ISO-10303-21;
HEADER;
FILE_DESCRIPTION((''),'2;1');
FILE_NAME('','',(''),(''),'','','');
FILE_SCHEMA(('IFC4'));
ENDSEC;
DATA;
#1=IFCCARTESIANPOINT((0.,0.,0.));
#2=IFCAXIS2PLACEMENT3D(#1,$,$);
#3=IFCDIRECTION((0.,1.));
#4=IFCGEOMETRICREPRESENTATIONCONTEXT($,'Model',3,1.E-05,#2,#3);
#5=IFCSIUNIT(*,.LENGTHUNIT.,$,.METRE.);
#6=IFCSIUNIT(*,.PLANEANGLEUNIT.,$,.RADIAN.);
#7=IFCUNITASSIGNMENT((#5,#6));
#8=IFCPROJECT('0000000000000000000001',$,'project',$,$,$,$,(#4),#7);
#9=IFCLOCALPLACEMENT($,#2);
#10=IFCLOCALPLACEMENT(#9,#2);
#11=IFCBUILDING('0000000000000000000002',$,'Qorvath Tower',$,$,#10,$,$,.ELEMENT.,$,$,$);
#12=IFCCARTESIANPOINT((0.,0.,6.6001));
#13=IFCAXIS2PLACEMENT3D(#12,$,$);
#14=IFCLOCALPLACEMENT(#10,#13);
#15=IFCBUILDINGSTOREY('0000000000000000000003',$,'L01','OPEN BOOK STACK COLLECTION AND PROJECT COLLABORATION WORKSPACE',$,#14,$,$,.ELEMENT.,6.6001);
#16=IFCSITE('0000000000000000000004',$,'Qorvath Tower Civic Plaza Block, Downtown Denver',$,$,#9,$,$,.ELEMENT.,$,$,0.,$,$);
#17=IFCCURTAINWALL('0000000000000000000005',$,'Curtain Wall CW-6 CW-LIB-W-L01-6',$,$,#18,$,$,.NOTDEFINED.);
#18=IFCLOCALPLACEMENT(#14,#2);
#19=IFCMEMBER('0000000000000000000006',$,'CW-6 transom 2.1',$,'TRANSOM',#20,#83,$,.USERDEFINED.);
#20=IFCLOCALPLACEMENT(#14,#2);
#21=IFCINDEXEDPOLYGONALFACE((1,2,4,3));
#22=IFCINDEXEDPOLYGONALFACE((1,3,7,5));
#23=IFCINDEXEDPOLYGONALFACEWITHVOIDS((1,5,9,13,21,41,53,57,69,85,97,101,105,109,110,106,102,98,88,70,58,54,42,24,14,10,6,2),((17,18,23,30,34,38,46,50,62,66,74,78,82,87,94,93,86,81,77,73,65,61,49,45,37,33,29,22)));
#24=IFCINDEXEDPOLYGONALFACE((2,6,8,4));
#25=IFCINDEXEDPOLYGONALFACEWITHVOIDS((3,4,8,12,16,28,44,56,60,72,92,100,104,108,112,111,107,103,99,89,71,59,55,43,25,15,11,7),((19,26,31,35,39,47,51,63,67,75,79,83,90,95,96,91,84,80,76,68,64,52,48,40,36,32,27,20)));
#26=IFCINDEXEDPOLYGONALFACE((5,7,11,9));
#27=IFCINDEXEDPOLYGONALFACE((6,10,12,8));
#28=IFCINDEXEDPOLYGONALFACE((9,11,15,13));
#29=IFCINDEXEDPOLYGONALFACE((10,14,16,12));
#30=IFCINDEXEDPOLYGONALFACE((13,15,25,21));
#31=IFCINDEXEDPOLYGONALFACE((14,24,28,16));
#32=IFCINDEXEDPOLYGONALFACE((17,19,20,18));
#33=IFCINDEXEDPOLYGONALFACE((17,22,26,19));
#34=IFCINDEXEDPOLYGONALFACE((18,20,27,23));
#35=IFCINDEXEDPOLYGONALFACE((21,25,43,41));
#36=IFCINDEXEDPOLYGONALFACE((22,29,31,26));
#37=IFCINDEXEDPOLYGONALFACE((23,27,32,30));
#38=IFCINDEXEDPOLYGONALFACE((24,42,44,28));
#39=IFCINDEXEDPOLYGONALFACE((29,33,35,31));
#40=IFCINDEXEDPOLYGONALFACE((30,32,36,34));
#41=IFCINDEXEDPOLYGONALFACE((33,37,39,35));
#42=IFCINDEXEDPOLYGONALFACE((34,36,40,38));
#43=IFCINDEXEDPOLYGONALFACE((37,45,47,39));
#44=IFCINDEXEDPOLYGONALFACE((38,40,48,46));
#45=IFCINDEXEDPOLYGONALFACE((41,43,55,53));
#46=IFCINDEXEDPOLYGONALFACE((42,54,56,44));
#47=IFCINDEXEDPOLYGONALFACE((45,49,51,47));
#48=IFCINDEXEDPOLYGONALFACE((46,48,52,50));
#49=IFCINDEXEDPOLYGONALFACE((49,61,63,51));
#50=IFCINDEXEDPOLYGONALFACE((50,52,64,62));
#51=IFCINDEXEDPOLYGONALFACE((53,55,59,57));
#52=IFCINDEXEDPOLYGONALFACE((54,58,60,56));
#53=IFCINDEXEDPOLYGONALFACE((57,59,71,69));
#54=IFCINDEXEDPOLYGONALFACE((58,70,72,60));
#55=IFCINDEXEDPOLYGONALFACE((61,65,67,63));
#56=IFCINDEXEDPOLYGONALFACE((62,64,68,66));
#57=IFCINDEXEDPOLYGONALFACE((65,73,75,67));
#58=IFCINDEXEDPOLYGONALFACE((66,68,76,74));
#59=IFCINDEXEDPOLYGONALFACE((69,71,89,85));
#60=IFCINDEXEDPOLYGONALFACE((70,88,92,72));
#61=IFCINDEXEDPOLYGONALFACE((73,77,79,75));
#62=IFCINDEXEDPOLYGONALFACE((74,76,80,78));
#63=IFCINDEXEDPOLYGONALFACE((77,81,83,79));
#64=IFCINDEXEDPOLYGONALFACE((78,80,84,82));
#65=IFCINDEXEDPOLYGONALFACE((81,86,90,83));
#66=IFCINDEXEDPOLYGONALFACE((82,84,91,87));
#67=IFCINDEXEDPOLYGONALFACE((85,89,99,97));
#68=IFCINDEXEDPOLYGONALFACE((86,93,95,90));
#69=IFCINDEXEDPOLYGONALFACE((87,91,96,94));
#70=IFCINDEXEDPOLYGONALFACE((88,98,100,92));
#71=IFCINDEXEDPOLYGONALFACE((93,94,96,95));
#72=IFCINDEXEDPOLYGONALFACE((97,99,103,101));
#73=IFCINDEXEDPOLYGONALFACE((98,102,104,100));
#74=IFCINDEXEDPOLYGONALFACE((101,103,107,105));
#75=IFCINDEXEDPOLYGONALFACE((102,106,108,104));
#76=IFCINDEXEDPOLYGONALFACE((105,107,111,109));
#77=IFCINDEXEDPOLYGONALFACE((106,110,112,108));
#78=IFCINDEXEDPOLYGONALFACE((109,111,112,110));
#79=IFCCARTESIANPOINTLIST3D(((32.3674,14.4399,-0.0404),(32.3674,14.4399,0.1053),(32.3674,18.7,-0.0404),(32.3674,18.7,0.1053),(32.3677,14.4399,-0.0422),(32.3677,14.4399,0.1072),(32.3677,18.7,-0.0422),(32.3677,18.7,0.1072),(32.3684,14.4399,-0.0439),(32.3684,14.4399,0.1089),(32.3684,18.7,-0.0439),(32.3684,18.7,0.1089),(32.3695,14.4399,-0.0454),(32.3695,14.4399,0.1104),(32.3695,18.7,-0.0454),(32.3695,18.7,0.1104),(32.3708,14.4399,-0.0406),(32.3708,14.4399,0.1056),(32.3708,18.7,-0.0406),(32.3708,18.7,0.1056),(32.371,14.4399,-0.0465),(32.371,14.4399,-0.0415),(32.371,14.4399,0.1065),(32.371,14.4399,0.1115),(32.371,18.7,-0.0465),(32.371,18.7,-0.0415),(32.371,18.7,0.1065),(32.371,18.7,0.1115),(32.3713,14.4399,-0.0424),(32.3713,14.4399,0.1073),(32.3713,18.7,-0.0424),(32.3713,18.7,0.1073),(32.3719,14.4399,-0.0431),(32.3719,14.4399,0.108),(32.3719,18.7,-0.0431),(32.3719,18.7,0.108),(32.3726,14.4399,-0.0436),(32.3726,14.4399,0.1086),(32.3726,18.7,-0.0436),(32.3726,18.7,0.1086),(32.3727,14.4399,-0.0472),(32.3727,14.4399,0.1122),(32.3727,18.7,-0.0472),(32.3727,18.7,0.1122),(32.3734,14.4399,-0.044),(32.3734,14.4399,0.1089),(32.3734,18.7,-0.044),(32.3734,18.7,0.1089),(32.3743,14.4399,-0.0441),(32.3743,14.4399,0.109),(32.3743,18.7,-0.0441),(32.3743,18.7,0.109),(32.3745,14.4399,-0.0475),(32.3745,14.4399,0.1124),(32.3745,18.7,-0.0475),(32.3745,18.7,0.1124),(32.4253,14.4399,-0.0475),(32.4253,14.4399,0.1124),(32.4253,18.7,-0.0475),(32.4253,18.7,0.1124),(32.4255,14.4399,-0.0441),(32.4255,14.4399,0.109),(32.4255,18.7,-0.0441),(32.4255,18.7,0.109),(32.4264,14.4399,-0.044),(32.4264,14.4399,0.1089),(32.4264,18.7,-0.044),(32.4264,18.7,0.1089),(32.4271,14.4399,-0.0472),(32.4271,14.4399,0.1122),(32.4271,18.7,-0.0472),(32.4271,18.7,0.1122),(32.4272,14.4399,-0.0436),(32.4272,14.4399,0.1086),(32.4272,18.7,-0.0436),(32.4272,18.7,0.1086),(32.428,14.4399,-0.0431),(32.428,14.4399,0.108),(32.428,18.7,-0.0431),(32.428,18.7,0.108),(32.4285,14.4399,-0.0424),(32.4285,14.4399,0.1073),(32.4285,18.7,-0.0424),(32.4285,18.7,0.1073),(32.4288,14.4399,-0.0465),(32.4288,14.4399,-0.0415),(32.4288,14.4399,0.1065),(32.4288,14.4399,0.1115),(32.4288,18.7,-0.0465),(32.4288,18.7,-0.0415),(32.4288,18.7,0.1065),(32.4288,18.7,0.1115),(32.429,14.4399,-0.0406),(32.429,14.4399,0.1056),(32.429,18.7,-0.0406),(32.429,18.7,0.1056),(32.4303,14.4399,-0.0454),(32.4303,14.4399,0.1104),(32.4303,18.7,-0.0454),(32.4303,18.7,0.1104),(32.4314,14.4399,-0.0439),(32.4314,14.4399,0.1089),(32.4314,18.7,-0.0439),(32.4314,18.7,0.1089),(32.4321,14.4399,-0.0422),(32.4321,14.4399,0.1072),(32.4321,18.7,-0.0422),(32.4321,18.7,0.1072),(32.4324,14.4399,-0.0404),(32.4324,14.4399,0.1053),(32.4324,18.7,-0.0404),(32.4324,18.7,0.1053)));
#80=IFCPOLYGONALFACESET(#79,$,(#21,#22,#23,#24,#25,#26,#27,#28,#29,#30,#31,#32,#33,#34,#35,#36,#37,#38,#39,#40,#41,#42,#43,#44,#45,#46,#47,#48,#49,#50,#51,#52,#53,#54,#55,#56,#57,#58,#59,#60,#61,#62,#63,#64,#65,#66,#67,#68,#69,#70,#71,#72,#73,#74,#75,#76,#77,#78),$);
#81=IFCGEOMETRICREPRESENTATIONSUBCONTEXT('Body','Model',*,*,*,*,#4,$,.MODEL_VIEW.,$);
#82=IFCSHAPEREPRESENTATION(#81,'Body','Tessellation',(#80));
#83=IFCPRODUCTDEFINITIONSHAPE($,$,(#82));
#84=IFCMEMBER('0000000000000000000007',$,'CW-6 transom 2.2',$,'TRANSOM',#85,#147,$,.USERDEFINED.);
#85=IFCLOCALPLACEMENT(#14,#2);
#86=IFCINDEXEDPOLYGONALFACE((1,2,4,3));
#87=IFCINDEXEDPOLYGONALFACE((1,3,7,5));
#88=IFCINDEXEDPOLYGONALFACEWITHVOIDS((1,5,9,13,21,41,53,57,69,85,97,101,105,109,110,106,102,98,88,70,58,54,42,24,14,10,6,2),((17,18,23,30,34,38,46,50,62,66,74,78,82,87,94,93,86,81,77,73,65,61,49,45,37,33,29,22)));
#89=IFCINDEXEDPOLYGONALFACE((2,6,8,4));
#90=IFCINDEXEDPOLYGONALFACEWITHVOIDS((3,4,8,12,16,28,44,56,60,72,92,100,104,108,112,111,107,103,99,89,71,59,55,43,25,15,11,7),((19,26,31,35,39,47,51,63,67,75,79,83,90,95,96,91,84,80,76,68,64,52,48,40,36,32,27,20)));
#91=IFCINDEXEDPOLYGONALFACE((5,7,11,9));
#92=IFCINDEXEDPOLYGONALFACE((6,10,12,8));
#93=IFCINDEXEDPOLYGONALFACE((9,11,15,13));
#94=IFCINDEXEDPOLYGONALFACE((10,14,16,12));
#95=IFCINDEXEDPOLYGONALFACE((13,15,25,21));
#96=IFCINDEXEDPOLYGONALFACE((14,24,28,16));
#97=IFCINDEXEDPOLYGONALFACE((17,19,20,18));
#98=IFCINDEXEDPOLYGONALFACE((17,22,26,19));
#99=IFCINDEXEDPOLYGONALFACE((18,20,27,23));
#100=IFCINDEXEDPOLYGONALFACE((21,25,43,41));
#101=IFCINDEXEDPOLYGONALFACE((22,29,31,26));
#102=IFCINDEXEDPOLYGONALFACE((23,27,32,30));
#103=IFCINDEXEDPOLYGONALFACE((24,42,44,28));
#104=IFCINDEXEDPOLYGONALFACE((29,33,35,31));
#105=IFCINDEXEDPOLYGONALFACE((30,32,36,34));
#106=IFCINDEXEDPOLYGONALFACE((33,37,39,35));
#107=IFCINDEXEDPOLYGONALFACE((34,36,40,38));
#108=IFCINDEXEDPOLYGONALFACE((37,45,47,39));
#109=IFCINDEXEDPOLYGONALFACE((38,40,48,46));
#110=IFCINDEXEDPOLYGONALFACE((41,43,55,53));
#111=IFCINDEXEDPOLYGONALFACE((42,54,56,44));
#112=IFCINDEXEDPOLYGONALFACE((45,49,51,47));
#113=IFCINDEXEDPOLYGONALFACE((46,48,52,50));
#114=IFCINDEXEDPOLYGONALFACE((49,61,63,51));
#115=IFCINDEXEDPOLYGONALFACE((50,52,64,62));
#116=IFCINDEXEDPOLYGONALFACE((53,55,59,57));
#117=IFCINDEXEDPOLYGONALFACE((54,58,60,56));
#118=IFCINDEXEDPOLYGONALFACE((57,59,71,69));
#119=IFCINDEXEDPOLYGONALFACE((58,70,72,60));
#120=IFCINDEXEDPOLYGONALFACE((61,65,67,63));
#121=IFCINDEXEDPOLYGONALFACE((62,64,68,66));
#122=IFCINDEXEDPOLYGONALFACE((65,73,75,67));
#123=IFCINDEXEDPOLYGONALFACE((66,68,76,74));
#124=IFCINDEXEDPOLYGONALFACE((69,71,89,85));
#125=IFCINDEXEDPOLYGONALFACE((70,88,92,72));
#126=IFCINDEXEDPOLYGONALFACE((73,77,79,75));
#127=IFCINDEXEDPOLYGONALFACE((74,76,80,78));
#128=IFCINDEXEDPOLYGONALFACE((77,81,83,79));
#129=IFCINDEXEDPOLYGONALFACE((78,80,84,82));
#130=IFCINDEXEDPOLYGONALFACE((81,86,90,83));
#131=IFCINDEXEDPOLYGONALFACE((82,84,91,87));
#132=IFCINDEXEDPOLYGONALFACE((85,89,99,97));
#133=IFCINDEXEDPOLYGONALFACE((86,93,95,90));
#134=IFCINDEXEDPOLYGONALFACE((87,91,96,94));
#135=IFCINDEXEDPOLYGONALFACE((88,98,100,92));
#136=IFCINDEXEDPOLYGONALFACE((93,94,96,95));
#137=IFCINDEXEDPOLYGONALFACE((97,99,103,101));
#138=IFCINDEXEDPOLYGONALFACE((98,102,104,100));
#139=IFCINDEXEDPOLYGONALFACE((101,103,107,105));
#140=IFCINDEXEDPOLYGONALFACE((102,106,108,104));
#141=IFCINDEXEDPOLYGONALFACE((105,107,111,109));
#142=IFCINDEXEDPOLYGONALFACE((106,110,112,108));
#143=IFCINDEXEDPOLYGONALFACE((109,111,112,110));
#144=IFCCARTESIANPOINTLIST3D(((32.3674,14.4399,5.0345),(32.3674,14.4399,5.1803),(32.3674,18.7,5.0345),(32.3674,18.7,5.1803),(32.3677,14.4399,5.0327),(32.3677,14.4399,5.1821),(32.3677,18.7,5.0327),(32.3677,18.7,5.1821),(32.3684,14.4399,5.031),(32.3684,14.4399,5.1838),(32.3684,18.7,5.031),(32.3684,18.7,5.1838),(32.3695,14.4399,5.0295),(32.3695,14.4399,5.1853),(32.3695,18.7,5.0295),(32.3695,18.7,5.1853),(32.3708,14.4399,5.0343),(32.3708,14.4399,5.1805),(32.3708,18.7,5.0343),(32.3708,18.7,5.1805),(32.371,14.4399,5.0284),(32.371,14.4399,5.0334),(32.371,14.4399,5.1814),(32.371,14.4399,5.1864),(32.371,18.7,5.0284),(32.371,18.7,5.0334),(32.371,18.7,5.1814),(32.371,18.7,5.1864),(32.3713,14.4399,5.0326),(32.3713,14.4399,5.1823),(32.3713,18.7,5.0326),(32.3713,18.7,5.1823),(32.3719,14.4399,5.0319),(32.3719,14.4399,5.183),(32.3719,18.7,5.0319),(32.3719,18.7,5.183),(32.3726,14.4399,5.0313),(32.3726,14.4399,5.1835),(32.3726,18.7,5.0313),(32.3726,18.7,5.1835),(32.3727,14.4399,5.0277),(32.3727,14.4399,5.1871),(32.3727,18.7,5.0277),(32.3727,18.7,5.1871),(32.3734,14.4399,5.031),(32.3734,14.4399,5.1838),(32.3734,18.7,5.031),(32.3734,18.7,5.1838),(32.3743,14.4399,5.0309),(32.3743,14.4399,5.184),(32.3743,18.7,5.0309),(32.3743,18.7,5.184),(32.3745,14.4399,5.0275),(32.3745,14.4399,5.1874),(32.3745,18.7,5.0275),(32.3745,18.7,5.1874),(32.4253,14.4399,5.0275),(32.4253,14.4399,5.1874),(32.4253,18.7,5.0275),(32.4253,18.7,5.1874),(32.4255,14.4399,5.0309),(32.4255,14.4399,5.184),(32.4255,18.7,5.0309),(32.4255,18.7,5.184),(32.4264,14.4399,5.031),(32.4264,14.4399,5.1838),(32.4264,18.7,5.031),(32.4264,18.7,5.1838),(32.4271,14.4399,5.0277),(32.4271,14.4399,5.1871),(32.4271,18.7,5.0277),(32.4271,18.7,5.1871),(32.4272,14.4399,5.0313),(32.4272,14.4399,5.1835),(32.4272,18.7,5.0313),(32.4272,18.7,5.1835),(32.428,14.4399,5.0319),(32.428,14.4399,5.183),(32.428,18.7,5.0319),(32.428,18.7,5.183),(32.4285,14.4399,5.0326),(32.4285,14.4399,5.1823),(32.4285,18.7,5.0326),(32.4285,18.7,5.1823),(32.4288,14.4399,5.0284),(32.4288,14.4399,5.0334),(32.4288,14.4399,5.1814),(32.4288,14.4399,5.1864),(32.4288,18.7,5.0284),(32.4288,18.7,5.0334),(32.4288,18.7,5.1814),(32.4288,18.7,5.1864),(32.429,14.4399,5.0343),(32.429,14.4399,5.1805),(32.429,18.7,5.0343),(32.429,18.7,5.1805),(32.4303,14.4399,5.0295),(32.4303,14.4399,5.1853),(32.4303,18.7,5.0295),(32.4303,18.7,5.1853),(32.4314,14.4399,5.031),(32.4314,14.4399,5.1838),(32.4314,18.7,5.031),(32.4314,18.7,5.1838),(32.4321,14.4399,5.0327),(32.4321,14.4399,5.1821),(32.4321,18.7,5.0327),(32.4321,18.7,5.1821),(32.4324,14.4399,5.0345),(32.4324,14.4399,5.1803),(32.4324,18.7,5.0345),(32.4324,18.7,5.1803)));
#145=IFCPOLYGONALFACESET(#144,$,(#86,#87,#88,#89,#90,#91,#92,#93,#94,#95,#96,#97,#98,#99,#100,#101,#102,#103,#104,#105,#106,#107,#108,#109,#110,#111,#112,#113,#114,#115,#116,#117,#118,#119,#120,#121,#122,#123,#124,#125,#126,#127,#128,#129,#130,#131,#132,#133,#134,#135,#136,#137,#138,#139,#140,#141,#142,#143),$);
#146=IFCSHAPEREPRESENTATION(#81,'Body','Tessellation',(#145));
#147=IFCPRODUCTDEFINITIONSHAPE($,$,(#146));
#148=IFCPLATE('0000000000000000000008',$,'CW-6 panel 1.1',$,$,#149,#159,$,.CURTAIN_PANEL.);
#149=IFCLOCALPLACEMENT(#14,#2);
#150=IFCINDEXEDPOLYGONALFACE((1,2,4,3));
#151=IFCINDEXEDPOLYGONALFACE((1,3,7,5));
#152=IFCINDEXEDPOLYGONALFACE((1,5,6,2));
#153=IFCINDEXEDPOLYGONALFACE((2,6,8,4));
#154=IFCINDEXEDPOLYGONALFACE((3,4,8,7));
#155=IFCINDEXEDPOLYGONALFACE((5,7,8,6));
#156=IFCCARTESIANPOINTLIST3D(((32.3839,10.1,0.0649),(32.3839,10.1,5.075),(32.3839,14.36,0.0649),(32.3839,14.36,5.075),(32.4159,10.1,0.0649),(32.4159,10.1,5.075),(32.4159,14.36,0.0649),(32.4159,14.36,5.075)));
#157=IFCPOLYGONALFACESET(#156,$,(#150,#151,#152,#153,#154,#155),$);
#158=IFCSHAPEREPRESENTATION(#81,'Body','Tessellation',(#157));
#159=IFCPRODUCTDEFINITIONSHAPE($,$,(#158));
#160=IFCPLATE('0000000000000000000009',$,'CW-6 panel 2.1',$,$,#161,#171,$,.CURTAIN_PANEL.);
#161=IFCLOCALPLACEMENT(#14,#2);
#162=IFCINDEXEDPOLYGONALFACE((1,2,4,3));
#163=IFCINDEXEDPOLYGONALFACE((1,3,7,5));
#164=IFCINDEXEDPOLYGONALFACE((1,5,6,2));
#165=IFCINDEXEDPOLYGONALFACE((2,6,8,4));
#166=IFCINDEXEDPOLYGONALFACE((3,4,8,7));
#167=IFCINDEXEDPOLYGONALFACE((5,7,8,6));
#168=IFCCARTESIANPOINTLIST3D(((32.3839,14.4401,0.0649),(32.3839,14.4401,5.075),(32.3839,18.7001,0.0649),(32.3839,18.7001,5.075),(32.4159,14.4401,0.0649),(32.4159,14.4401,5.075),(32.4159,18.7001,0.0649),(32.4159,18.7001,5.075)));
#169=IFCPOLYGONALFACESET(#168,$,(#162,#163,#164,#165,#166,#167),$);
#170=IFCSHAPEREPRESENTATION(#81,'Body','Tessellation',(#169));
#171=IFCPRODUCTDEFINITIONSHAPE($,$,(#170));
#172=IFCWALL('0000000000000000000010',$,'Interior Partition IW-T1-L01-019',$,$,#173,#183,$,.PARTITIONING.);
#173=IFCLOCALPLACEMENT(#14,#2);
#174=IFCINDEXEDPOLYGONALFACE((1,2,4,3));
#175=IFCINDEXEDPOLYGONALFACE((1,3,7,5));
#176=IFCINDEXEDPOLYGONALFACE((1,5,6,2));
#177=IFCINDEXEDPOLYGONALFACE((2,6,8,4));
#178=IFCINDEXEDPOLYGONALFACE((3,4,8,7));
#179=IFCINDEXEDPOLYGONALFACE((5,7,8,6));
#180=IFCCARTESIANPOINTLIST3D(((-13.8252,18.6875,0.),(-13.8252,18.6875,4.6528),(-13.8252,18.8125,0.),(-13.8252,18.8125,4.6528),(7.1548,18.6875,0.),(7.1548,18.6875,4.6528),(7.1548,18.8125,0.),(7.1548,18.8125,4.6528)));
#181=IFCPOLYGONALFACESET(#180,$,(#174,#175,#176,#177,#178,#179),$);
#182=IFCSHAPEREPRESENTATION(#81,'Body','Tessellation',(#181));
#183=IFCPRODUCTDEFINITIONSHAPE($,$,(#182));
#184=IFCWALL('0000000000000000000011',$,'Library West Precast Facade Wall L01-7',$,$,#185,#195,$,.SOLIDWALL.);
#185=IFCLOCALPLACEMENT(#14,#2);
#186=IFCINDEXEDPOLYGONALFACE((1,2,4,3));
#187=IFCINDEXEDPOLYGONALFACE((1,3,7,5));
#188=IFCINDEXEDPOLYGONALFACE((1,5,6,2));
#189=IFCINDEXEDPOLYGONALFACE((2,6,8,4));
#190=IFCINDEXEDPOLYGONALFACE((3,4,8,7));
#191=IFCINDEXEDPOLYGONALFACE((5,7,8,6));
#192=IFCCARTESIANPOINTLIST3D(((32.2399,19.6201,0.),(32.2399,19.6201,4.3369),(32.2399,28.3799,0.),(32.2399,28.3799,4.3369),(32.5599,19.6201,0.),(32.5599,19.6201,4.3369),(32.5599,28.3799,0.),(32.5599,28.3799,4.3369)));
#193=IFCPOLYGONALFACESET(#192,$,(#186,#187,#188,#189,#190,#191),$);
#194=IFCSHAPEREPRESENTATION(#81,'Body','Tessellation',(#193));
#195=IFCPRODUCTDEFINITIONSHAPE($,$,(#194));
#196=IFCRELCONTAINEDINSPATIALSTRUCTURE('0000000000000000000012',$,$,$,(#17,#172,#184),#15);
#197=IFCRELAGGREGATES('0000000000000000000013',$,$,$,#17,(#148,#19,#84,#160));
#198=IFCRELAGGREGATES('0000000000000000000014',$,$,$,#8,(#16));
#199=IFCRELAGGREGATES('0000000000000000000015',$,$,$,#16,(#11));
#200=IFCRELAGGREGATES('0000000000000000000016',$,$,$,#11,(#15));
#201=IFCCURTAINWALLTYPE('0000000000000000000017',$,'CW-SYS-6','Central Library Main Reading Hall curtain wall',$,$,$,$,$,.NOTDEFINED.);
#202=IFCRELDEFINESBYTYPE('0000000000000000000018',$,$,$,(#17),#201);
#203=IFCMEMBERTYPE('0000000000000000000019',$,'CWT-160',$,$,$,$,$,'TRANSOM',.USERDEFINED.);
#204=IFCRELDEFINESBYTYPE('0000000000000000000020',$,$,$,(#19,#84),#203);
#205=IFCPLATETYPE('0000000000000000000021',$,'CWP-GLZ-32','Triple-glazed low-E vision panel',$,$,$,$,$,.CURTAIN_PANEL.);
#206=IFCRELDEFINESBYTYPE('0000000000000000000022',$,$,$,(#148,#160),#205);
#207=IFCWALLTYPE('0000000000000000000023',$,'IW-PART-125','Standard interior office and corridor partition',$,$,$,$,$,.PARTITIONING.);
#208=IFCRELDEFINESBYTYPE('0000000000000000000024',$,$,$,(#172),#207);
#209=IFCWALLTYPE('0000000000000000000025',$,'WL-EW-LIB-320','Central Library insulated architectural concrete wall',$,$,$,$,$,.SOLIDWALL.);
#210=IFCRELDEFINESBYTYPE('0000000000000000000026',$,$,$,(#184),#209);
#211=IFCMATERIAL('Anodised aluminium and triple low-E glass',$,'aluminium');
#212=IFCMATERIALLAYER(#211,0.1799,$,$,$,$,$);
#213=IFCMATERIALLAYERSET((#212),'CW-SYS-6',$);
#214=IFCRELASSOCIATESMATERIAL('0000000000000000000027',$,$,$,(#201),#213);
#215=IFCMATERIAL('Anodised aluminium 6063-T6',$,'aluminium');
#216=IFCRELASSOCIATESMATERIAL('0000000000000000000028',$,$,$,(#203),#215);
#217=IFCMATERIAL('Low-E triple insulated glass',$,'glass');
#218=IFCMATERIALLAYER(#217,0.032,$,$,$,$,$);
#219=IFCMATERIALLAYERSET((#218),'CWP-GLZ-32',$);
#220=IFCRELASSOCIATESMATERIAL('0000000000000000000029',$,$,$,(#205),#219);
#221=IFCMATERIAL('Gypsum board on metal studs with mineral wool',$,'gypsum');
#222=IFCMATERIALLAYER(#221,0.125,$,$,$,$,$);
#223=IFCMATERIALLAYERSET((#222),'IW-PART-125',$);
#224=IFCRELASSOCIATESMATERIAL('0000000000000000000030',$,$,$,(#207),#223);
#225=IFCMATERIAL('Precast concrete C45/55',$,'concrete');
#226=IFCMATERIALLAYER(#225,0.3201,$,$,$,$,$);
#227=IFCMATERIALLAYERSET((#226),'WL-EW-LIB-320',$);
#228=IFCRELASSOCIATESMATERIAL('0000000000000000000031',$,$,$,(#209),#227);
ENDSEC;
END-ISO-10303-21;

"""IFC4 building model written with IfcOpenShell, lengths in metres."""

from ifc_helpers import new_model, si_unit, direction, frame, frame_2d, origin, origin_2d, place, context, subcontext, project, spatial, rectangle, hollow_rectangle, extrude, material, layer, layer_set, material_profile, profile_set, type_object, element, aggregate, save


model = new_model("IFC4")

# Units and contexts
model_context = context("Model", 3, precision=1e-05, world=origin(), true_north=direction((0.0, 1.0)))
body_context = subcontext(model_context, "Body", "Model", "MODEL_VIEW")
ifc_project = project(units=[si_unit("LENGTHUNIT", "METRE"), si_unit("PLANEANGLEUNIT", "RADIAN")], contexts=[model_context])

# Site, building, storey
site_placement = place(None, origin())
site = spatial("IfcSite", under=ifc_project, at=site_placement, Name="Qorvath Tower Civic Plaza Block, Downtown Denver", CompositionType="ELEMENT", RefElevation=0.0)
building_placement = place(site_placement, origin())
building = spatial("IfcBuilding", under=site, at=building_placement, Name="Qorvath Tower", CompositionType="ELEMENT")
storey_placement = place(building_placement, frame((0.0, 0.0, 6.6001)))
storey = spatial("IfcBuildingStorey", under=building, at=storey_placement, Name="L01", Description="OPEN BOOK STACK COLLECTION AND PROJECT COLLABORATION WORKSPACE", CompositionType="ELEMENT", Elevation=6.6001)

# Curtain wall, members, plates
ifc_material_1 = material(Name="Anodised aluminium and triple low-E glass", Category="aluminium")
ifc_layer_1 = layer(ifc_material_1, 0.1799)
ifc_layer_set_1 = layer_set([ifc_layer_1], Name="CW-SYS-6")
curtain_wall_type = type_object("IfcCurtainWallType", Name="CW-SYS-6", Description="Central Library Main Reading Hall curtain wall", PredefinedType="NOTDEFINED", material=ifc_layer_set_1)
curtain_wall_placement = place(storey_placement, origin())
curtain_wall = element("IfcCurtainWall", 1, at=curtain_wall_placement, inside=storey, type_object=curtain_wall_type, Name="Curtain Wall CW-6 CW-LIB-W-L01-6", PredefinedType="NOTDEFINED")
ifc_material_2 = material(Name="Anodised aluminium 6063-T6", Category="aluminium")
ifc_material_profile_1 = material_profile(ifc_material_2, hollow_rectangle(XDim=0.0649, YDim=0.1599, WallThickness=0.0034, InnerFilletRadius=0.0034, OuterFilletRadius=0.0071, at=origin_2d()), Name="CWT 160x65")
ifc_profile_set_1 = profile_set([ifc_material_profile_1], Name="Anodised aluminium 6063-T6")
member_type_1 = type_object("IfcMemberType", Name="CWT-160", ElementType="TRANSOM", PredefinedType="USERDEFINED", material=ifc_profile_set_1)
member_1_placement = place(storey_placement, frame((32.3999, 14.4399, 0.0325), z_axis=(0.0, 1.0, 0.0), x_axis=(-1.0, 0.0, 0.0)))
member_1 = element("IfcMember", 2, at=member_1_placement, type_object=member_type_1, Name="CW-6 transom 2.1", ObjectType="TRANSOM", PredefinedType="USERDEFINED", context=body_context, shape_type="SweptSolid", body=[
    extrude(hollow_rectangle(XDim=0.0649, YDim=0.1599, WallThickness=0.0034, InnerFilletRadius=0.0034, OuterFilletRadius=0.0071, at=origin_2d()), origin(), (0.0, 0.0, 1.0), 4.26),
])
member_2_placement = place(storey_placement, frame((32.3999, 14.4399, 5.1074), z_axis=(0.0, 1.0, 0.0), x_axis=(-1.0, 0.0, 0.0)))
member_2 = element("IfcMember", 3, at=member_2_placement, type_object=member_type_1, Name="CW-6 transom 2.2", ObjectType="TRANSOM", PredefinedType="USERDEFINED", context=body_context, shape_type="SweptSolid", body=[
    extrude(hollow_rectangle(XDim=0.0649, YDim=0.1599, WallThickness=0.0034, InnerFilletRadius=0.0034, OuterFilletRadius=0.0071, at=origin_2d()), origin(), (0.0, 0.0, 1.0), 4.26),
])
ifc_material_3 = material(Name="Low-E triple insulated glass", Category="glass")
ifc_layer_2 = layer(ifc_material_3, 0.032)
ifc_layer_set_2 = layer_set([ifc_layer_2], Name="CWP-GLZ-32")
plate_type = type_object("IfcPlateType", Name="CWP-GLZ-32", Description="Triple-glazed low-E vision panel", PredefinedType="CURTAIN_PANEL", material=ifc_layer_set_2)
plate_1_placement = place(storey_placement, frame((32.3999, 12.23, 0.0649), z_axis=(0.0, 0.0, 1.0), x_axis=(0.0, 1.0, 0.0)))
plate_1 = element("IfcPlate", 4, at=plate_1_placement, type_object=plate_type, Name="CW-6 panel 1.1", PredefinedType="CURTAIN_PANEL", context=body_context, shape_type="SweptSolid", body=[
    extrude(rectangle(XDim=4.26, YDim=0.032, at=origin_2d()), origin(), (0.0, 0.0, 1.0), 5.01),
])
plate_2_placement = place(storey_placement, frame((32.3999, 16.5701, 0.0649), z_axis=(0.0, 0.0, 1.0), x_axis=(0.0, 1.0, 0.0)))
plate_2 = element("IfcPlate", 5, at=plate_2_placement, type_object=plate_type, Name="CW-6 panel 2.1", PredefinedType="CURTAIN_PANEL", context=body_context, shape_type="SweptSolid", body=[
    extrude(rectangle(XDim=4.26, YDim=0.032, at=origin_2d()), origin(), (0.0, 0.0, 1.0), 5.01),
])
aggregate(curtain_wall, [plate_1, member_1, member_2, plate_2])

# Walls
ifc_material_4 = material(Name="Gypsum board on metal studs with mineral wool", Category="gypsum")
ifc_layer_3 = layer(ifc_material_4, 0.125)
ifc_layer_set_3 = layer_set([ifc_layer_3], Name="IW-PART-125")
wall_type_1 = type_object("IfcWallType", Name="IW-PART-125", Description="Standard interior office and corridor partition", PredefinedType="PARTITIONING", material=ifc_layer_set_3)
wall_1_placement = place(storey_placement, frame((7.1548, 18.75, 0.0), z_axis=(0.0, 0.0, 1.0), x_axis=(-1.0, 0.0, 0.0)))
element("IfcWall", 6, at=wall_1_placement, inside=storey, type_object=wall_type_1, Name="Interior Partition IW-T1-L01-019", PredefinedType="PARTITIONING", context=body_context, shape_type="SweptSolid", body=[
    extrude(rectangle(XDim=20.98, YDim=0.125, at=frame_2d((10.49, 0.0))), origin(), (0.0, 0.0, 1.0), 4.6528),
])
ifc_material_5 = material(Name="Precast concrete C45/55", Category="concrete")
ifc_layer_4 = layer(ifc_material_5, 0.3201)
ifc_layer_set_4 = layer_set([ifc_layer_4], Name="WL-EW-LIB-320")
wall_type_2 = type_object("IfcWallType", Name="WL-EW-LIB-320", Description="Central Library insulated architectural concrete wall", PredefinedType="SOLIDWALL", material=ifc_layer_set_4)
wall_2_placement = place(storey_placement, frame((32.3999, 19.6201, 0.0), z_axis=(0.0, 0.0, 1.0), x_axis=(0.0, 1.0, 0.0)))
element("IfcWall", 7, at=wall_2_placement, inside=storey, type_object=wall_type_2, Name="Library West Precast Facade Wall L01-7", PredefinedType="SOLIDWALL", context=body_context, shape_type="SweptSolid", body=[
    extrude(rectangle(XDim=8.7598, YDim=0.3201, at=frame_2d((4.3799, 0.0))), origin(), (0.0, 0.0, 1.0), 4.3369),
])

save(model, "model.ifc")
